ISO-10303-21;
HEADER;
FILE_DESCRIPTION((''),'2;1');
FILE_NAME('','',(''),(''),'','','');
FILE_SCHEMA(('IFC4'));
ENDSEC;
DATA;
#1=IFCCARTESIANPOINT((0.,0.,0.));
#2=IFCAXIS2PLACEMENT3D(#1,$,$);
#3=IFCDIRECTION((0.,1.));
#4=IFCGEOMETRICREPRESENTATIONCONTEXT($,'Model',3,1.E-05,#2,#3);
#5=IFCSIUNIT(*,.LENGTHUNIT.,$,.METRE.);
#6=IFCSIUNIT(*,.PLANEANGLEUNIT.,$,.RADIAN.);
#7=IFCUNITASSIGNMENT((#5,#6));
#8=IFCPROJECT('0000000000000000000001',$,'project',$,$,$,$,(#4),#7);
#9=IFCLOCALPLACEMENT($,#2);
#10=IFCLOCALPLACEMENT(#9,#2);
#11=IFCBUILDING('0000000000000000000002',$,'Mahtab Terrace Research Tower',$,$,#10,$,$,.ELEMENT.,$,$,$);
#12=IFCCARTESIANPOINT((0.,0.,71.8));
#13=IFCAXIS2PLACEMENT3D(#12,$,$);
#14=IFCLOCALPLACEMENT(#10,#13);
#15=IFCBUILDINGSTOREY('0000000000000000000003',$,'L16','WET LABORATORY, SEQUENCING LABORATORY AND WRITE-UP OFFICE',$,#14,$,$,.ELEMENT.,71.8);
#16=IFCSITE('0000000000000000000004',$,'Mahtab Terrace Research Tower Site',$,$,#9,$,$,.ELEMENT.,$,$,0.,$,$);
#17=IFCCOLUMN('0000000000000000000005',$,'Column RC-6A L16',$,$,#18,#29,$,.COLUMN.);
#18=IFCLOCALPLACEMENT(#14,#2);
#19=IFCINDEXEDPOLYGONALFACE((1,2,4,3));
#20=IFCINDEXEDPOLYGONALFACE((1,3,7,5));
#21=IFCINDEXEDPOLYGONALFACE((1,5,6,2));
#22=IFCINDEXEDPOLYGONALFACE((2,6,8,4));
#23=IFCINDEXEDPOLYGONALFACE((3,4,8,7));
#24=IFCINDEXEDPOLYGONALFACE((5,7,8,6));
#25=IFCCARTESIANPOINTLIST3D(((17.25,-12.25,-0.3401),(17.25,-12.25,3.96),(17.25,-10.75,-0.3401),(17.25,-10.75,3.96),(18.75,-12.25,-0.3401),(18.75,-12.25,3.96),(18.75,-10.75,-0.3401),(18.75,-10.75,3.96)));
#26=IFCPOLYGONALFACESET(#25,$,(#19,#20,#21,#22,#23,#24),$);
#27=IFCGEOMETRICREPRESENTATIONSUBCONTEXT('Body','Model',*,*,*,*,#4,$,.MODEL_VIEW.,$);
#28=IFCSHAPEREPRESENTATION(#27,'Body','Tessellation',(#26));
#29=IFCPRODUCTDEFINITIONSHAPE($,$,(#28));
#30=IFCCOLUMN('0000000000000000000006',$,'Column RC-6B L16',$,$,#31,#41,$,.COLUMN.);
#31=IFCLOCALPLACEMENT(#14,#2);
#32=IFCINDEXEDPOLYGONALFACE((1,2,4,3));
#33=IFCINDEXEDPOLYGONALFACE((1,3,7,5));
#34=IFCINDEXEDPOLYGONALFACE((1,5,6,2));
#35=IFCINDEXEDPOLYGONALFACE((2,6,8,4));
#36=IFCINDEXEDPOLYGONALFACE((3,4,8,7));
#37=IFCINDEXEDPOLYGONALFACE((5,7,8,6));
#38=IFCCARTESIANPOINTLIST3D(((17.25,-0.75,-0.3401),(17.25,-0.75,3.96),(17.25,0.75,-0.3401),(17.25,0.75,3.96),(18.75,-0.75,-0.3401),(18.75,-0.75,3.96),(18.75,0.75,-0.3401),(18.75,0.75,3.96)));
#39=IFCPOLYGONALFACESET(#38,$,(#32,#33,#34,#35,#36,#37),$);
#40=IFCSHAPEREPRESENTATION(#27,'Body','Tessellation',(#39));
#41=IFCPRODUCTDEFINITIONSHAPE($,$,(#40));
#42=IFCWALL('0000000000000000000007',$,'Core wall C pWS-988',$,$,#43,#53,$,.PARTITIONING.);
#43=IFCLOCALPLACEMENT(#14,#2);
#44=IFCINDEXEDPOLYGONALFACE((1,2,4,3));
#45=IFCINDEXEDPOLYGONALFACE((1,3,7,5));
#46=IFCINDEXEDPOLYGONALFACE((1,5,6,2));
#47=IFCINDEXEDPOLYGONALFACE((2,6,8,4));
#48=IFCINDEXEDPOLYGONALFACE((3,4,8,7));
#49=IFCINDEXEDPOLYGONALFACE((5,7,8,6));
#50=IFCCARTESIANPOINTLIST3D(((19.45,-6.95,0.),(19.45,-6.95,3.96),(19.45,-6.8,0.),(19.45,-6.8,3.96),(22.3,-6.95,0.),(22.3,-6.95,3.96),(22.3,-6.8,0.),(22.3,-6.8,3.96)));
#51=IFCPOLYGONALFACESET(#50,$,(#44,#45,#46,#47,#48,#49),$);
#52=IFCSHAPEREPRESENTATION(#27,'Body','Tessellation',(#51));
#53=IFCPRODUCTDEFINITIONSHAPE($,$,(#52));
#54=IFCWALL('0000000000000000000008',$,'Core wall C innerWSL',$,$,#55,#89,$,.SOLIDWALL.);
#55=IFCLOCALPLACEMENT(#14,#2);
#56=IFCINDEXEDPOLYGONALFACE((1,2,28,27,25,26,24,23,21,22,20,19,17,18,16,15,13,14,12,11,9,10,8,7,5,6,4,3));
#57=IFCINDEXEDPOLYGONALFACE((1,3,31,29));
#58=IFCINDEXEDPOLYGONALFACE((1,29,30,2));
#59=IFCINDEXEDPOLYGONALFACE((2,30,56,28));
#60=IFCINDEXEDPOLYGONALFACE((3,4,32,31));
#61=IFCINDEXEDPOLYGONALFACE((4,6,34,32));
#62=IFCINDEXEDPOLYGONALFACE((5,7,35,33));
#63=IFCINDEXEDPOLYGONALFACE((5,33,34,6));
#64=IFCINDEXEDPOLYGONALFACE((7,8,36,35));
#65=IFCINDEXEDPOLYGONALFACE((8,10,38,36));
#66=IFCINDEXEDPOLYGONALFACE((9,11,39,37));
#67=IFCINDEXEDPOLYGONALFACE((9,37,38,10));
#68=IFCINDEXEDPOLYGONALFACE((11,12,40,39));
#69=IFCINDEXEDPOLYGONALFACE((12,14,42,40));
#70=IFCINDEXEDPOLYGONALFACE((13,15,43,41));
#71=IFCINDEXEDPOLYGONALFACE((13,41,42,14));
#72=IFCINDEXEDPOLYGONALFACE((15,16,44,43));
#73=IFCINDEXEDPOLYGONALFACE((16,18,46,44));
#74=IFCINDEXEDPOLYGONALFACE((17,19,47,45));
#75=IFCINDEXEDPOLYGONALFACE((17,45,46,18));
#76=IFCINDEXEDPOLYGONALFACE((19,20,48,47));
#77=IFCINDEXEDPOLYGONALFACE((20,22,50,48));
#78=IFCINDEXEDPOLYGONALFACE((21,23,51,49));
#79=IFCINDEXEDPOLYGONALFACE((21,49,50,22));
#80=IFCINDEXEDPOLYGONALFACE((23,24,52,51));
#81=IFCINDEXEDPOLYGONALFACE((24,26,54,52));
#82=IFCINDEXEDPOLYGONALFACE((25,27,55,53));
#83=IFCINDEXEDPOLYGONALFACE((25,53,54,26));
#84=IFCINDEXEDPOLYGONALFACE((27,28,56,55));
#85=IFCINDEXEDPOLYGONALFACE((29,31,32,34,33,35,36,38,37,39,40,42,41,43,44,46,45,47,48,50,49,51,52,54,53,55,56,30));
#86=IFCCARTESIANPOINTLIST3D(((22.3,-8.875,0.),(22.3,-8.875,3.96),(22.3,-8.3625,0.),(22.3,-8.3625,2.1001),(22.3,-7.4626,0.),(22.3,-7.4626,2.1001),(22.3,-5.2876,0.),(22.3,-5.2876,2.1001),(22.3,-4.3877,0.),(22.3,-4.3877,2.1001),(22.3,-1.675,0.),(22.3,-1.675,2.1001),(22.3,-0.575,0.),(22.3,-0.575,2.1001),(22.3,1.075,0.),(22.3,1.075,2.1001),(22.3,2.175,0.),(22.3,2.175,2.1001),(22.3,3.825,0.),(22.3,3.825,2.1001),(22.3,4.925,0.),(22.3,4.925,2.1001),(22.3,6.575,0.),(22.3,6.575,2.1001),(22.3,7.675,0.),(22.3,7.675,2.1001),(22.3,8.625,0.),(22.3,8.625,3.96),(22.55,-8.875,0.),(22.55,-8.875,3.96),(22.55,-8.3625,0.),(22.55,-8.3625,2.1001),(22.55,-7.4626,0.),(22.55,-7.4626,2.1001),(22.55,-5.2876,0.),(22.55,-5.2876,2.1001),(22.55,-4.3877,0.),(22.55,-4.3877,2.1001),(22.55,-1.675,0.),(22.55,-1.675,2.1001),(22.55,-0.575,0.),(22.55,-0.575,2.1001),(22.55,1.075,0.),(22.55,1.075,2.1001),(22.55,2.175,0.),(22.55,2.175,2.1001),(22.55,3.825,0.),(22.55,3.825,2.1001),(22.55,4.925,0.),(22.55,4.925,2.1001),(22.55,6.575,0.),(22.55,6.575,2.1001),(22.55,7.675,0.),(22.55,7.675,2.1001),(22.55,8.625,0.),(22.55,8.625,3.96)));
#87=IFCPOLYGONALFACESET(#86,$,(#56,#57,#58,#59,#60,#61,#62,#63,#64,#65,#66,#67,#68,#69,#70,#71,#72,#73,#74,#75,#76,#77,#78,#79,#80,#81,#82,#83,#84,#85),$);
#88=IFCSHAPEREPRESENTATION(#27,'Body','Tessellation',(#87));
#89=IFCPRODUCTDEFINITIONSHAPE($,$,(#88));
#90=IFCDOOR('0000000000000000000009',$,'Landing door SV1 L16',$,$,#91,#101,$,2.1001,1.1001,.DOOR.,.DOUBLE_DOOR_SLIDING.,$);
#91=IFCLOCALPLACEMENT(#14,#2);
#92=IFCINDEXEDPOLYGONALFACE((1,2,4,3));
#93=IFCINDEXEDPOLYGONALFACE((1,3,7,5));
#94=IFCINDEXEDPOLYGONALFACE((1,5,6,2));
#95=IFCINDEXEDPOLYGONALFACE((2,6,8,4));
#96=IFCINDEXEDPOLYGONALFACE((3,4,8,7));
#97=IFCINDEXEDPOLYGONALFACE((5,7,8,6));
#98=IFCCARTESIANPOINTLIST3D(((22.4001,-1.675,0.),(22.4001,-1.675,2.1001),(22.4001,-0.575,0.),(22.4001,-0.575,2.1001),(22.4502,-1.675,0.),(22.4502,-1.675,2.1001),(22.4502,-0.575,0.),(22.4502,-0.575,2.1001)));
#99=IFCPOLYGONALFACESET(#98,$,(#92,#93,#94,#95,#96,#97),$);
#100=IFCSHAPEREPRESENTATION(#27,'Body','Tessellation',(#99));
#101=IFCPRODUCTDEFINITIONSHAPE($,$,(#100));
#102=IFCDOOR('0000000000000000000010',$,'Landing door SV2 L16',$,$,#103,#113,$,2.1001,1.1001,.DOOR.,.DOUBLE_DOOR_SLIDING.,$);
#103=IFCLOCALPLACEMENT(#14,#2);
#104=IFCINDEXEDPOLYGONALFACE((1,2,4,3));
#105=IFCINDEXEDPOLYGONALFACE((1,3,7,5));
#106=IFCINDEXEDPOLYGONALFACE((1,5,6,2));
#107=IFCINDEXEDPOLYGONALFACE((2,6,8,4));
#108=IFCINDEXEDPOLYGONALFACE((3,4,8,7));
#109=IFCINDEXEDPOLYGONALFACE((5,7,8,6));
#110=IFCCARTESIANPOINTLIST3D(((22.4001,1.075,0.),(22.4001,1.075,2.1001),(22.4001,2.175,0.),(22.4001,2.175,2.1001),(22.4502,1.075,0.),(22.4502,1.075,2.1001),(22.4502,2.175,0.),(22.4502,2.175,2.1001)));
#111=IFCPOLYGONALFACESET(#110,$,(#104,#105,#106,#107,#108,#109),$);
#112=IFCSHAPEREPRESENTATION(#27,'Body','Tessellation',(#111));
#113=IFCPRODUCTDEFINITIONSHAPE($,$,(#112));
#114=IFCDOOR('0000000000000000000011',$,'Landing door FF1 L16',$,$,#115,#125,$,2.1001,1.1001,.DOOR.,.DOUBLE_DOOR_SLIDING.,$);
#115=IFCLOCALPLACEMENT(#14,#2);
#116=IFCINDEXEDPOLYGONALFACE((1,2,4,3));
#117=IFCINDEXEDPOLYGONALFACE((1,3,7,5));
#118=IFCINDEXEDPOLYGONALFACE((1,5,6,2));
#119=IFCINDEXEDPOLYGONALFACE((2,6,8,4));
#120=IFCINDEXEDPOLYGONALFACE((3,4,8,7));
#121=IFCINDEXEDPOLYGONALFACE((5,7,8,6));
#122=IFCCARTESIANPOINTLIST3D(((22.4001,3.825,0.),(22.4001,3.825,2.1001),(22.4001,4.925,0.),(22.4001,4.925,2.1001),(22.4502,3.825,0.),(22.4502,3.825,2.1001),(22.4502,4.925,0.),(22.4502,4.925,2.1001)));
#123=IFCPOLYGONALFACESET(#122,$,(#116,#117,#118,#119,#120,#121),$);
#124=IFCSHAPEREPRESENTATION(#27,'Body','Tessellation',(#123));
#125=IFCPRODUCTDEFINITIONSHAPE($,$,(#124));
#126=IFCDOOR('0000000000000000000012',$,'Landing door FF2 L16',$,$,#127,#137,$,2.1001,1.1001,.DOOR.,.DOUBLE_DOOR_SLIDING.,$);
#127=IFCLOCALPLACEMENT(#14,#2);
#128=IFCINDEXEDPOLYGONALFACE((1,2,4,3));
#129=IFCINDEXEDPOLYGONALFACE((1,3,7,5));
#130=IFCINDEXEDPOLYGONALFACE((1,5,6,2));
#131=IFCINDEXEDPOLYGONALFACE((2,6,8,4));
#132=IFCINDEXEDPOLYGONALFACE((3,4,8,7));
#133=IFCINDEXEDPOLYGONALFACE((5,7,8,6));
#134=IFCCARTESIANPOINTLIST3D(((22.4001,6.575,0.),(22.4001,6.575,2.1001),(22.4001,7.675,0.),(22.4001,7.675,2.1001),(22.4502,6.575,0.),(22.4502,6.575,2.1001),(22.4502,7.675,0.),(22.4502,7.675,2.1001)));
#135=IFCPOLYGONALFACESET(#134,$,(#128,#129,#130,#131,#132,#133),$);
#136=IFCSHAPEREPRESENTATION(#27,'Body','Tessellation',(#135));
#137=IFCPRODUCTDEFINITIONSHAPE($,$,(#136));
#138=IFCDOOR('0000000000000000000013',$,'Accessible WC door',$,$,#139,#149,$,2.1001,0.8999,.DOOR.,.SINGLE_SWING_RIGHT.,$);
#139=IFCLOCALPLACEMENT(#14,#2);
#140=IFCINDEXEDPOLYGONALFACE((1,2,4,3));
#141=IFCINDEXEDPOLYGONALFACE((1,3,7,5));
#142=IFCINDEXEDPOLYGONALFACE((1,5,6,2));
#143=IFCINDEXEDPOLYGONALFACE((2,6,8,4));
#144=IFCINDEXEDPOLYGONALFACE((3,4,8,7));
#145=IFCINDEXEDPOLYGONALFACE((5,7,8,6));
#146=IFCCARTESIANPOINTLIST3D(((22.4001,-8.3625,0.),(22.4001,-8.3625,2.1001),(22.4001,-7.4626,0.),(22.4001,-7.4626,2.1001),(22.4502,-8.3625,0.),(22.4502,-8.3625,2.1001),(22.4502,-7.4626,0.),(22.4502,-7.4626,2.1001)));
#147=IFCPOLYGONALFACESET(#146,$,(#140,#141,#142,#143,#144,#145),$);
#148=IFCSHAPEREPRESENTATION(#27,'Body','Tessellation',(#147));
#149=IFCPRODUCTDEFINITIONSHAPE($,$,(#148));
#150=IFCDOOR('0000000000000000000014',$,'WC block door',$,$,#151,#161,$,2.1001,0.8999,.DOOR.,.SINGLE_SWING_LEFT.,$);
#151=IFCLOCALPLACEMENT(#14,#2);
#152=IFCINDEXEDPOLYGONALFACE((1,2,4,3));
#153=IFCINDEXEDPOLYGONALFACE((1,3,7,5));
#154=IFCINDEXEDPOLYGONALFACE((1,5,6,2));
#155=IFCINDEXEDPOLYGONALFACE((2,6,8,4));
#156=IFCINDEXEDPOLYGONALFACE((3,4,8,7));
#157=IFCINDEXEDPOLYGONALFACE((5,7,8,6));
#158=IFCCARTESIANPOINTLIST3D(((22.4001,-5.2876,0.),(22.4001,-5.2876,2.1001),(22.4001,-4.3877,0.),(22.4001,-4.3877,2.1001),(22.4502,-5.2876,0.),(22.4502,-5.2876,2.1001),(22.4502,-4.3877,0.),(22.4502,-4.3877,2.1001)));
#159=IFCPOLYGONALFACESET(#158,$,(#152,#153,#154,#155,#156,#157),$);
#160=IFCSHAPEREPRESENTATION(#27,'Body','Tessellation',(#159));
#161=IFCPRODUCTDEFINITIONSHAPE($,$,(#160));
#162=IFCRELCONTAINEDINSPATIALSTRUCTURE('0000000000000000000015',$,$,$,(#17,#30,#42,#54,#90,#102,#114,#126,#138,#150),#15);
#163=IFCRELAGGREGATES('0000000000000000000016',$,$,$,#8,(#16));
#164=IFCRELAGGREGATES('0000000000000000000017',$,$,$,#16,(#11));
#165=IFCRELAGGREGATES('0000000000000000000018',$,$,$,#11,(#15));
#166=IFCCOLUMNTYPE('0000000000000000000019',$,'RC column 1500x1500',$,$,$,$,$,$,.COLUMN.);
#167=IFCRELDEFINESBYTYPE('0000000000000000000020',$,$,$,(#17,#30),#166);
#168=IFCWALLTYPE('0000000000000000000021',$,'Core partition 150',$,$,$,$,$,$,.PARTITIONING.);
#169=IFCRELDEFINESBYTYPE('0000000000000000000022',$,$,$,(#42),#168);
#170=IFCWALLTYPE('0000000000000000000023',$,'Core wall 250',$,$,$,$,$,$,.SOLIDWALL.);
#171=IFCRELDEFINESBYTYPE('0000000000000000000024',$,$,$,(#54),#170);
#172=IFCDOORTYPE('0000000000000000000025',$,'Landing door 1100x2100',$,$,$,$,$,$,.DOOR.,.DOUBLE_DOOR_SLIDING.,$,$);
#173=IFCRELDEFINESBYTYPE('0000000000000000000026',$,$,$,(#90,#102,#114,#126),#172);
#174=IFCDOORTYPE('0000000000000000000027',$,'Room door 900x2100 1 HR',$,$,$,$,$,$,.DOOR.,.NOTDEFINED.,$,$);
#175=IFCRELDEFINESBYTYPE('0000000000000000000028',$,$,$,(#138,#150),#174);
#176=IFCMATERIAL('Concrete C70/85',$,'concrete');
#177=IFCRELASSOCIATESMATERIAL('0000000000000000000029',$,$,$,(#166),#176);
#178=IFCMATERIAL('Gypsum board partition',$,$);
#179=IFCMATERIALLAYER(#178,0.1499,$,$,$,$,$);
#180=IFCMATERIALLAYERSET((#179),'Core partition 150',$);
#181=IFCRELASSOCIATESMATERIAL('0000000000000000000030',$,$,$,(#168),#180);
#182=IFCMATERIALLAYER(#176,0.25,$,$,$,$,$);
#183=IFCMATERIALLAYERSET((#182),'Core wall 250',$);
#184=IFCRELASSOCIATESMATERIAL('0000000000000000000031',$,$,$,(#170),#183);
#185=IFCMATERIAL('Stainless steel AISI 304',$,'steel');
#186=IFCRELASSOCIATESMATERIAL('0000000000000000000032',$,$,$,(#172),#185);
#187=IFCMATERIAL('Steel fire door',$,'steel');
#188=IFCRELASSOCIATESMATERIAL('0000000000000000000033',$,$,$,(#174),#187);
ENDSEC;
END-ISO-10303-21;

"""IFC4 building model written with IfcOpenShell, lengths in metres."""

from ifc_helpers import new_model, si_unit, direction, frame, frame_2d, origin, origin_2d, place, context, subcontext, project, spatial, rectangle, extrude, material, layer, layer_set, material_profile, profile_set, type_object, element, fill, save


model = new_model("IFC4")

# Units and contexts
model_context = context("Model", 3, precision=1e-05, world=origin(), true_north=direction((0.0, 1.0)))
body_context = subcontext(model_context, "Body", "Model", "MODEL_VIEW")
ifc_project = project(units=[si_unit("LENGTHUNIT", "METRE"), si_unit("PLANEANGLEUNIT", "RADIAN")], contexts=[model_context])

# Site, building, storey
site_placement = place(None, origin())
site = spatial("IfcSite", under=ifc_project, at=site_placement, Name="Mahtab Terrace Research Tower Site", CompositionType="ELEMENT", RefElevation=0.0)
building_placement = place(site_placement, origin())
building = spatial("IfcBuilding", under=site, at=building_placement, Name="Mahtab Terrace Research Tower", CompositionType="ELEMENT")
storey_placement = place(building_placement, frame((0.0, 0.0, 71.8)))
storey = spatial("IfcBuildingStorey", under=building, at=storey_placement, Name="L16", Description="WET LABORATORY, SEQUENCING LABORATORY AND WRITE-UP OFFICE", CompositionType="ELEMENT", Elevation=71.8)

# Columns
ifc_material_1 = material(Name="Concrete C70/85", Category="concrete")
ifc_material_profile = material_profile(ifc_material_1, rectangle(XDim=1.5, YDim=1.5, at=origin_2d()), Name="RC column 1500x1500")
ifc_profile_set = profile_set([ifc_material_profile], Name="Concrete C70/85")
column_type = type_object("IfcColumnType", Name="RC column 1500x1500", PredefinedType="COLUMN", material=ifc_profile_set)
for number, where, z_axis, x_axis, name in (
    (1, (18.0, -11.5, -0.3401), (0.0, 0.0, 1.0), (1.0, 0.0, 0.0), "Column RC-6A L16"),
    (2, (18.0, 0.0, -0.3401), (0.0, 0.0, 1.0), (1.0, 0.0, 0.0), "Column RC-6B L16"),
):
    element("IfcColumn", number, at=place(storey_placement, frame(where, z_axis=z_axis, x_axis=x_axis)), inside=storey, type_object=column_type, Name=name, PredefinedType="COLUMN", context=body_context, shape_type="SweptSolid", body=[
        extrude(rectangle(XDim=1.5, YDim=1.5, at=origin_2d()), origin(), (0.0, 0.0, 1.0), 4.3),
    ])

# Wall
ifc_material_2 = material(Name="Gypsum board partition")
ifc_layer_1 = layer(ifc_material_2, 0.1499)
ifc_layer_set_1 = layer_set([ifc_layer_1], Name="Core partition 150")
wall_type_1 = type_object("IfcWallType", Name="Core partition 150", PredefinedType="PARTITIONING", material=ifc_layer_set_1)
wall_1_placement = place(storey_placement, frame((19.45, -6.875, 0.0), z_axis=(0.0, 0.0, 1.0), x_axis=(1.0, 0.0, 0.0)))
element("IfcWall", 3, at=wall_1_placement, inside=storey, type_object=wall_type_1, Name="Core wall C pWS-988", PredefinedType="PARTITIONING", context=body_context, shape_type="SweptSolid", body=[
    extrude(rectangle(XDim=2.8501, YDim=0.1499, at=frame_2d((1.425, 0.0))), origin(), (0.0, 0.0, 1.0), 3.96),
])

# Wall, openings, doors
ifc_layer_2 = layer(ifc_material_1, 0.25)
ifc_layer_set_2 = layer_set([ifc_layer_2], Name="Core wall 250")
wall_type_2 = type_object("IfcWallType", Name="Core wall 250", PredefinedType="SOLIDWALL", material=ifc_layer_set_2)
wall_2_placement = place(storey_placement, frame((22.425, -8.875, 0.0), z_axis=(0.0, 0.0, 1.0), x_axis=(0.0, 1.0, 0.0)))
wall_2 = element("IfcWall", 4, at=wall_2_placement, inside=storey, type_object=wall_type_2, Name="Core wall C innerWSL", PredefinedType="SOLIDWALL", context=body_context, shape_type="SweptSolid", body=[
    extrude(rectangle(XDim=17.5, YDim=0.25, at=frame_2d((8.75, 0.0))), origin(), (0.0, 0.0, 1.0), 3.96),
])
opening_1_placement = place(wall_2_placement, frame((7.2, 0.0, 0.0)))
opening_1 = element("IfcOpeningElement", 5, at=opening_1_placement, cuts=wall_2, PredefinedType="OPENING", context=body_context, shape_type="SweptSolid", body=[
    extrude(rectangle(XDim=1.1001, YDim=2.1001, at=frame_2d((0.55, 1.05))), frame((0.0, 0.135, 0.0), z_axis=(0.0, -1.0, 0.0), x_axis=(1.0, 0.0, 0.0)), (0.0, 0.0, 1.0), 0.27),
])
opening_2_placement = place(wall_2_placement, frame((9.95, 0.0, 0.0)))
opening_2 = element("IfcOpeningElement", 6, at=opening_2_placement, cuts=wall_2, PredefinedType="OPENING", context=body_context, shape_type="SweptSolid", body=[
    extrude(rectangle(XDim=1.1001, YDim=2.1001, at=frame_2d((0.55, 1.05))), frame((0.0, 0.135, 0.0), z_axis=(0.0, -1.0, 0.0), x_axis=(1.0, 0.0, 0.0)), (0.0, 0.0, 1.0), 0.27),
])
opening_3_placement = place(wall_2_placement, frame((12.7, 0.0, 0.0)))
opening_3 = element("IfcOpeningElement", 7, at=opening_3_placement, cuts=wall_2, PredefinedType="OPENING", context=body_context, shape_type="SweptSolid", body=[
    extrude(rectangle(XDim=1.1001, YDim=2.1001, at=frame_2d((0.55, 1.05))), frame((0.0, 0.135, 0.0), z_axis=(0.0, -1.0, 0.0), x_axis=(1.0, 0.0, 0.0)), (0.0, 0.0, 1.0), 0.27),
])
opening_4_placement = place(wall_2_placement, frame((15.45, 0.0, 0.0)))
opening_4 = element("IfcOpeningElement", 8, at=opening_4_placement, cuts=wall_2, PredefinedType="OPENING", context=body_context, shape_type="SweptSolid", body=[
    extrude(rectangle(XDim=1.1001, YDim=2.1001, at=frame_2d((0.55, 1.05))), frame((0.0, 0.135, 0.0), z_axis=(0.0, -1.0, 0.0), x_axis=(1.0, 0.0, 0.0)), (0.0, 0.0, 1.0), 0.27),
])
opening_5_placement = place(wall_2_placement, frame((0.5125, 0.0, 0.0)))
opening_5 = element("IfcOpeningElement", 9, at=opening_5_placement, cuts=wall_2, PredefinedType="OPENING", context=body_context, shape_type="SweptSolid", body=[
    extrude(rectangle(XDim=0.8999, YDim=2.1001, at=frame_2d((0.45, 1.05))), frame((0.0, 0.135, 0.0), z_axis=(0.0, -1.0, 0.0), x_axis=(1.0, 0.0, 0.0)), (0.0, 0.0, 1.0), 0.27),
])
opening_6_placement = place(wall_2_placement, frame((3.5874, 0.0, 0.0)))
opening_6 = element("IfcOpeningElement", 10, at=opening_6_placement, cuts=wall_2, PredefinedType="OPENING", context=body_context, shape_type="SweptSolid", body=[
    extrude(rectangle(XDim=0.8999, YDim=2.1001, at=frame_2d((0.45, 1.05))), frame((0.0, 0.135, 0.0), z_axis=(0.0, -1.0, 0.0), x_axis=(1.0, 0.0, 0.0)), (0.0, 0.0, 1.0), 0.27),
])
ifc_material_3 = material(Name="Stainless steel AISI 304", Category="steel")
door_type_1 = type_object("IfcDoorType", Name="Landing door 1100x2100", OperationType="DOUBLE_DOOR_SLIDING", PredefinedType="DOOR", material=ifc_material_3)
door_1_placement = place(opening_1_placement, origin())
door_1 = element("IfcDoor", 11, at=door_1_placement, inside=storey, type_object=door_type_1, Name="Landing door SV1 L16", OperationType="DOUBLE_DOOR_SLIDING", OverallHeight=2.1001, OverallWidth=1.1001, PredefinedType="DOOR", context=body_context, shape_type="SweptSolid", body=[
    extrude(rectangle(XDim=1.1001, YDim=2.1001, at=frame_2d((0.55, 1.05))), frame((0.0, 0.0249, 0.0), z_axis=(0.0, -1.0, 0.0), x_axis=(1.0, 0.0, 0.0)), (0.0, 0.0, 1.0), 0.05),
])
fill(opening_1, door_1)
door_2_placement = place(opening_2_placement, origin())
door_2 = element("IfcDoor", 12, at=door_2_placement, inside=storey, type_object=door_type_1, Name="Landing door SV2 L16", OperationType="DOUBLE_DOOR_SLIDING", OverallHeight=2.1001, OverallWidth=1.1001, PredefinedType="DOOR", context=body_context, shape_type="SweptSolid", body=[
    extrude(rectangle(XDim=1.1001, YDim=2.1001, at=frame_2d((0.55, 1.05))), frame((0.0, 0.0249, 0.0), z_axis=(0.0, -1.0, 0.0), x_axis=(1.0, 0.0, 0.0)), (0.0, 0.0, 1.0), 0.05),
])
fill(opening_2, door_2)
door_3_placement = place(opening_3_placement, origin())
door_3 = element("IfcDoor", 13, at=door_3_placement, inside=storey, type_object=door_type_1, Name="Landing door FF1 L16", OperationType="DOUBLE_DOOR_SLIDING", OverallHeight=2.1001, OverallWidth=1.1001, PredefinedType="DOOR", context=body_context, shape_type="SweptSolid", body=[
    extrude(rectangle(XDim=1.1001, YDim=2.1001, at=frame_2d((0.55, 1.05))), frame((0.0, 0.0249, 0.0), z_axis=(0.0, -1.0, 0.0), x_axis=(1.0, 0.0, 0.0)), (0.0, 0.0, 1.0), 0.05),
])
fill(opening_3, door_3)
door_4_placement = place(opening_4_placement, origin())
door_4 = element("IfcDoor", 14, at=door_4_placement, inside=storey, type_object=door_type_1, Name="Landing door FF2 L16", OperationType="DOUBLE_DOOR_SLIDING", OverallHeight=2.1001, OverallWidth=1.1001, PredefinedType="DOOR", context=body_context, shape_type="SweptSolid", body=[
    extrude(rectangle(XDim=1.1001, YDim=2.1001, at=frame_2d((0.55, 1.05))), frame((0.0, 0.0249, 0.0), z_axis=(0.0, -1.0, 0.0), x_axis=(1.0, 0.0, 0.0)), (0.0, 0.0, 1.0), 0.05),
])
fill(opening_4, door_4)
ifc_material_4 = material(Name="Steel fire door", Category="steel")
door_type_2 = type_object("IfcDoorType", Name="Room door 900x2100 1 HR", OperationType="NOTDEFINED", PredefinedType="DOOR", material=ifc_material_4)
door_5_placement = place(opening_5_placement, origin())
door_5 = element("IfcDoor", 15, at=door_5_placement, inside=storey, type_object=door_type_2, Name="Accessible WC door", OperationType="SINGLE_SWING_RIGHT", OverallHeight=2.1001, OverallWidth=0.8999, PredefinedType="DOOR", context=body_context, shape_type="SweptSolid", body=[
    extrude(rectangle(XDim=0.8999, YDim=2.1001, at=frame_2d((0.45, 1.05))), frame((0.0, 0.0249, 0.0), z_axis=(0.0, -1.0, 0.0), x_axis=(1.0, 0.0, 0.0)), (0.0, 0.0, 1.0), 0.05),
])
fill(opening_5, door_5)
door_6_placement = place(opening_6_placement, origin())
door_6 = element("IfcDoor", 16, at=door_6_placement, inside=storey, type_object=door_type_2, Name="WC block door", OperationType="SINGLE_SWING_LEFT", OverallHeight=2.1001, OverallWidth=0.8999, PredefinedType="DOOR", context=body_context, shape_type="SweptSolid", body=[
    extrude(rectangle(XDim=0.8999, YDim=2.1001, at=frame_2d((0.45, 1.05))), frame((0.0, 0.0249, 0.0), z_axis=(0.0, -1.0, 0.0), x_axis=(1.0, 0.0, 0.0)), (0.0, 0.0, 1.0), 0.05),
])
fill(opening_6, door_6)

save(model, "model.ifc")
